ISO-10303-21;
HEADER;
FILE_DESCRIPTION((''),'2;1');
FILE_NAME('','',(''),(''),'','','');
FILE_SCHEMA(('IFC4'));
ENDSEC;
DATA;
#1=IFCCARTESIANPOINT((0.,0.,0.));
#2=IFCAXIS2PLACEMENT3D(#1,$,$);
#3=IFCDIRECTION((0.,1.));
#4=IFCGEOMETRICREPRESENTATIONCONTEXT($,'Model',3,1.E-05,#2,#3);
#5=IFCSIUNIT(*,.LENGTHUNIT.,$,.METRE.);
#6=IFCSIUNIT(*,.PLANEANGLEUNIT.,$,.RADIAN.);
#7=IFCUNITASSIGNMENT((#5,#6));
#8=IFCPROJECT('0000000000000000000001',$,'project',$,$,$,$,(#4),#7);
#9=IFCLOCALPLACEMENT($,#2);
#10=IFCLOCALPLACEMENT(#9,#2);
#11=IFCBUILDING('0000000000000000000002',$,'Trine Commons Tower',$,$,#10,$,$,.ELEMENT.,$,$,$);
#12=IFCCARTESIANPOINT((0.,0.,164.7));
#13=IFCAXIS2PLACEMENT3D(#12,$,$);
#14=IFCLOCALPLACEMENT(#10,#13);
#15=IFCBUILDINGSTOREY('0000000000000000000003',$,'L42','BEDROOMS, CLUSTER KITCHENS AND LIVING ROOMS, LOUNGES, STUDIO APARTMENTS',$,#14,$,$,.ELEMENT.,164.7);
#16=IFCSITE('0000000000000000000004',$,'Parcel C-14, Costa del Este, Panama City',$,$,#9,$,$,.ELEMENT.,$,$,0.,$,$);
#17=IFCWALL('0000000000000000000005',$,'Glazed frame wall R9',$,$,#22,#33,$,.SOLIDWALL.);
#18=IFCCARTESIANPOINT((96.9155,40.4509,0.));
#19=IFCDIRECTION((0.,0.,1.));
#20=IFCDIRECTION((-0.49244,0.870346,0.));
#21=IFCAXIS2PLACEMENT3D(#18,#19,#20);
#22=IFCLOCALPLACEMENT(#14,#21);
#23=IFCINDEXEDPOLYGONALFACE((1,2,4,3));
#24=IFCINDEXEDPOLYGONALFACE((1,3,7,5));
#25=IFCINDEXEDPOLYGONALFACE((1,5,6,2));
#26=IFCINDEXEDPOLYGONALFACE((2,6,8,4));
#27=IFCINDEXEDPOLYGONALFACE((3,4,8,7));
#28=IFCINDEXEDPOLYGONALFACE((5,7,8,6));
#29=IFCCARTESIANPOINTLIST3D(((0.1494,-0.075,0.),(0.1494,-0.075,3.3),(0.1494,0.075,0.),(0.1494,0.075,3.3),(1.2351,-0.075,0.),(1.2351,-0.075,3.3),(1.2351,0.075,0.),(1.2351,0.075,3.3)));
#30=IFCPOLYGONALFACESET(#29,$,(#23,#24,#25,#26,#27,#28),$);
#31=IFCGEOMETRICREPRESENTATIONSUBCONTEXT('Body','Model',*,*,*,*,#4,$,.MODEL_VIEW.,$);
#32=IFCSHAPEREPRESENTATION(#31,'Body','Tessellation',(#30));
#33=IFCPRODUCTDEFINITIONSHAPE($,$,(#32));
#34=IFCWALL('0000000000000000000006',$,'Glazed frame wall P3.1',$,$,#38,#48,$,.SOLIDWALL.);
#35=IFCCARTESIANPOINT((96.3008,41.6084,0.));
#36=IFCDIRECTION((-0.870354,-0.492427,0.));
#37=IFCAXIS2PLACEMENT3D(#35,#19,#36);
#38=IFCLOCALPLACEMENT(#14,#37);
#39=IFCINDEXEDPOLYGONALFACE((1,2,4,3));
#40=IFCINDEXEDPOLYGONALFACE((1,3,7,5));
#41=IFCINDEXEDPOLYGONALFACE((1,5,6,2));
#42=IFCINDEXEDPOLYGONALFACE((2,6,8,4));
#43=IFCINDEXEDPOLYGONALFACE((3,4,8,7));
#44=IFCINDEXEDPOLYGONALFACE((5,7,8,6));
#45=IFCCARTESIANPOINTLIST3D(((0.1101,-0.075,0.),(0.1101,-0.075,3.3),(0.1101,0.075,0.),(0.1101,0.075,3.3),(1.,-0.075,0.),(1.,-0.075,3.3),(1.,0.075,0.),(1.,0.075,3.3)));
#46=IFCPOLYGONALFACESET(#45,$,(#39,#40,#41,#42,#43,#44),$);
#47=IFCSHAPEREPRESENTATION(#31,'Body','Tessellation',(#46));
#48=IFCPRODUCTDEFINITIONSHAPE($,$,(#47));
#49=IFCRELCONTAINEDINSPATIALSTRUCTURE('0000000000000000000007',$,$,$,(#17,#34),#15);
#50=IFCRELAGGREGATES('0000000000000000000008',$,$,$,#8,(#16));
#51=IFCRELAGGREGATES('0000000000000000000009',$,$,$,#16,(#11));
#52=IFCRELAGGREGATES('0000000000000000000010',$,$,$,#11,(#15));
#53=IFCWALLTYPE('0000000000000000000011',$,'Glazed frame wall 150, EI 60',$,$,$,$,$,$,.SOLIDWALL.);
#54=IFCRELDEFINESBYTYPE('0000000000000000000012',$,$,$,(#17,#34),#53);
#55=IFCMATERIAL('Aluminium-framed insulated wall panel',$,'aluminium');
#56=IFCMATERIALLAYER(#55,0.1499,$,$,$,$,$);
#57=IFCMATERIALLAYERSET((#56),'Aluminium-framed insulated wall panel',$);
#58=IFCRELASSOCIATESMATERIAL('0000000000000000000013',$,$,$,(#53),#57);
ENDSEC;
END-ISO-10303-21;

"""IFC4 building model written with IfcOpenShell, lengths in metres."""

from ifc_helpers import new_model, si_unit, direction, frame, origin, place, context, subcontext, project, spatial, polyline, outline, extrude, material, layer, layer_set, type_object, element, save


model = new_model("IFC4")

# Units and contexts
model_context = context("Model", 3, precision=1e-05, world=origin(), true_north=direction((0.0, 1.0)))
body_context = subcontext(model_context, "Body", "Model", "MODEL_VIEW")
ifc_project = project(units=[si_unit("LENGTHUNIT", "METRE"), si_unit("PLANEANGLEUNIT", "RADIAN")], contexts=[model_context])

# Site, building, storey
site_placement = place(None, origin())
site = spatial("IfcSite", under=ifc_project, at=site_placement, Name="Parcel C-14, Costa del Este, Panama City", CompositionType="ELEMENT", RefElevation=0.0)
building_placement = place(site_placement, origin())
building = spatial("IfcBuilding", under=site, at=building_placement, Name="Trine Commons Tower", CompositionType="ELEMENT")
storey_placement = place(building_placement, frame((0.0, 0.0, 164.7)))
storey = spatial("IfcBuildingStorey", under=building, at=storey_placement, Name="L42", Description="BEDROOMS, CLUSTER KITCHENS AND LIVING ROOMS, LOUNGES, STUDIO APARTMENTS", CompositionType="ELEMENT", Elevation=164.7)

# Walls
ifc_material_1 = material(Name="Aluminium-framed insulated wall panel", Category="aluminium")
ifc_layer_1 = layer(ifc_material_1, 0.1499)
ifc_layer_set_1 = layer_set([ifc_layer_1], Name="Aluminium-framed insulated wall panel")
wall_type_1 = type_object("IfcWallType", Name="Glazed frame wall 150, EI 60", PredefinedType="SOLIDWALL", material=ifc_layer_set_1)
wall_1_placement = place(storey_placement, frame((96.9155, 40.4509, 0.0), z_axis=(0.0, 0.0, 1.0), x_axis=(-0.49244, 0.870346, 0.0)))
element("IfcWall", 1, at=wall_1_placement, inside=storey, type_object=wall_type_1, Name="Glazed frame wall R9", PredefinedType="SOLIDWALL", context=body_context, shape_type="SweptSolid", body=[
    extrude(outline(polyline([(0.1494, 0.075), (0.1494, -0.075), (1.2351, -0.075), (1.2351, 0.075), (0.1494, 0.075)])), origin(), (0.0, 0.0, 1.0), 3.3),
])
wall_2_placement = place(storey_placement, frame((96.3008, 41.6084, 0.0), z_axis=(0.0, 0.0, 1.0), x_axis=(-0.870354, -0.492427, 0.0)))
element("IfcWall", 2, at=wall_2_placement, inside=storey, type_object=wall_type_1, Name="Glazed frame wall P3.1", PredefinedType="SOLIDWALL", context=body_context, shape_type="SweptSolid", body=[
    extrude(outline(polyline([(0.1101, -0.075), (1.0, -0.075), (1.0, 0.075), (0.1101, 0.075), (0.1101, -0.075)])), origin(), (0.0, 0.0, 1.0), 3.3),
])

save(model, "model.ifc")
